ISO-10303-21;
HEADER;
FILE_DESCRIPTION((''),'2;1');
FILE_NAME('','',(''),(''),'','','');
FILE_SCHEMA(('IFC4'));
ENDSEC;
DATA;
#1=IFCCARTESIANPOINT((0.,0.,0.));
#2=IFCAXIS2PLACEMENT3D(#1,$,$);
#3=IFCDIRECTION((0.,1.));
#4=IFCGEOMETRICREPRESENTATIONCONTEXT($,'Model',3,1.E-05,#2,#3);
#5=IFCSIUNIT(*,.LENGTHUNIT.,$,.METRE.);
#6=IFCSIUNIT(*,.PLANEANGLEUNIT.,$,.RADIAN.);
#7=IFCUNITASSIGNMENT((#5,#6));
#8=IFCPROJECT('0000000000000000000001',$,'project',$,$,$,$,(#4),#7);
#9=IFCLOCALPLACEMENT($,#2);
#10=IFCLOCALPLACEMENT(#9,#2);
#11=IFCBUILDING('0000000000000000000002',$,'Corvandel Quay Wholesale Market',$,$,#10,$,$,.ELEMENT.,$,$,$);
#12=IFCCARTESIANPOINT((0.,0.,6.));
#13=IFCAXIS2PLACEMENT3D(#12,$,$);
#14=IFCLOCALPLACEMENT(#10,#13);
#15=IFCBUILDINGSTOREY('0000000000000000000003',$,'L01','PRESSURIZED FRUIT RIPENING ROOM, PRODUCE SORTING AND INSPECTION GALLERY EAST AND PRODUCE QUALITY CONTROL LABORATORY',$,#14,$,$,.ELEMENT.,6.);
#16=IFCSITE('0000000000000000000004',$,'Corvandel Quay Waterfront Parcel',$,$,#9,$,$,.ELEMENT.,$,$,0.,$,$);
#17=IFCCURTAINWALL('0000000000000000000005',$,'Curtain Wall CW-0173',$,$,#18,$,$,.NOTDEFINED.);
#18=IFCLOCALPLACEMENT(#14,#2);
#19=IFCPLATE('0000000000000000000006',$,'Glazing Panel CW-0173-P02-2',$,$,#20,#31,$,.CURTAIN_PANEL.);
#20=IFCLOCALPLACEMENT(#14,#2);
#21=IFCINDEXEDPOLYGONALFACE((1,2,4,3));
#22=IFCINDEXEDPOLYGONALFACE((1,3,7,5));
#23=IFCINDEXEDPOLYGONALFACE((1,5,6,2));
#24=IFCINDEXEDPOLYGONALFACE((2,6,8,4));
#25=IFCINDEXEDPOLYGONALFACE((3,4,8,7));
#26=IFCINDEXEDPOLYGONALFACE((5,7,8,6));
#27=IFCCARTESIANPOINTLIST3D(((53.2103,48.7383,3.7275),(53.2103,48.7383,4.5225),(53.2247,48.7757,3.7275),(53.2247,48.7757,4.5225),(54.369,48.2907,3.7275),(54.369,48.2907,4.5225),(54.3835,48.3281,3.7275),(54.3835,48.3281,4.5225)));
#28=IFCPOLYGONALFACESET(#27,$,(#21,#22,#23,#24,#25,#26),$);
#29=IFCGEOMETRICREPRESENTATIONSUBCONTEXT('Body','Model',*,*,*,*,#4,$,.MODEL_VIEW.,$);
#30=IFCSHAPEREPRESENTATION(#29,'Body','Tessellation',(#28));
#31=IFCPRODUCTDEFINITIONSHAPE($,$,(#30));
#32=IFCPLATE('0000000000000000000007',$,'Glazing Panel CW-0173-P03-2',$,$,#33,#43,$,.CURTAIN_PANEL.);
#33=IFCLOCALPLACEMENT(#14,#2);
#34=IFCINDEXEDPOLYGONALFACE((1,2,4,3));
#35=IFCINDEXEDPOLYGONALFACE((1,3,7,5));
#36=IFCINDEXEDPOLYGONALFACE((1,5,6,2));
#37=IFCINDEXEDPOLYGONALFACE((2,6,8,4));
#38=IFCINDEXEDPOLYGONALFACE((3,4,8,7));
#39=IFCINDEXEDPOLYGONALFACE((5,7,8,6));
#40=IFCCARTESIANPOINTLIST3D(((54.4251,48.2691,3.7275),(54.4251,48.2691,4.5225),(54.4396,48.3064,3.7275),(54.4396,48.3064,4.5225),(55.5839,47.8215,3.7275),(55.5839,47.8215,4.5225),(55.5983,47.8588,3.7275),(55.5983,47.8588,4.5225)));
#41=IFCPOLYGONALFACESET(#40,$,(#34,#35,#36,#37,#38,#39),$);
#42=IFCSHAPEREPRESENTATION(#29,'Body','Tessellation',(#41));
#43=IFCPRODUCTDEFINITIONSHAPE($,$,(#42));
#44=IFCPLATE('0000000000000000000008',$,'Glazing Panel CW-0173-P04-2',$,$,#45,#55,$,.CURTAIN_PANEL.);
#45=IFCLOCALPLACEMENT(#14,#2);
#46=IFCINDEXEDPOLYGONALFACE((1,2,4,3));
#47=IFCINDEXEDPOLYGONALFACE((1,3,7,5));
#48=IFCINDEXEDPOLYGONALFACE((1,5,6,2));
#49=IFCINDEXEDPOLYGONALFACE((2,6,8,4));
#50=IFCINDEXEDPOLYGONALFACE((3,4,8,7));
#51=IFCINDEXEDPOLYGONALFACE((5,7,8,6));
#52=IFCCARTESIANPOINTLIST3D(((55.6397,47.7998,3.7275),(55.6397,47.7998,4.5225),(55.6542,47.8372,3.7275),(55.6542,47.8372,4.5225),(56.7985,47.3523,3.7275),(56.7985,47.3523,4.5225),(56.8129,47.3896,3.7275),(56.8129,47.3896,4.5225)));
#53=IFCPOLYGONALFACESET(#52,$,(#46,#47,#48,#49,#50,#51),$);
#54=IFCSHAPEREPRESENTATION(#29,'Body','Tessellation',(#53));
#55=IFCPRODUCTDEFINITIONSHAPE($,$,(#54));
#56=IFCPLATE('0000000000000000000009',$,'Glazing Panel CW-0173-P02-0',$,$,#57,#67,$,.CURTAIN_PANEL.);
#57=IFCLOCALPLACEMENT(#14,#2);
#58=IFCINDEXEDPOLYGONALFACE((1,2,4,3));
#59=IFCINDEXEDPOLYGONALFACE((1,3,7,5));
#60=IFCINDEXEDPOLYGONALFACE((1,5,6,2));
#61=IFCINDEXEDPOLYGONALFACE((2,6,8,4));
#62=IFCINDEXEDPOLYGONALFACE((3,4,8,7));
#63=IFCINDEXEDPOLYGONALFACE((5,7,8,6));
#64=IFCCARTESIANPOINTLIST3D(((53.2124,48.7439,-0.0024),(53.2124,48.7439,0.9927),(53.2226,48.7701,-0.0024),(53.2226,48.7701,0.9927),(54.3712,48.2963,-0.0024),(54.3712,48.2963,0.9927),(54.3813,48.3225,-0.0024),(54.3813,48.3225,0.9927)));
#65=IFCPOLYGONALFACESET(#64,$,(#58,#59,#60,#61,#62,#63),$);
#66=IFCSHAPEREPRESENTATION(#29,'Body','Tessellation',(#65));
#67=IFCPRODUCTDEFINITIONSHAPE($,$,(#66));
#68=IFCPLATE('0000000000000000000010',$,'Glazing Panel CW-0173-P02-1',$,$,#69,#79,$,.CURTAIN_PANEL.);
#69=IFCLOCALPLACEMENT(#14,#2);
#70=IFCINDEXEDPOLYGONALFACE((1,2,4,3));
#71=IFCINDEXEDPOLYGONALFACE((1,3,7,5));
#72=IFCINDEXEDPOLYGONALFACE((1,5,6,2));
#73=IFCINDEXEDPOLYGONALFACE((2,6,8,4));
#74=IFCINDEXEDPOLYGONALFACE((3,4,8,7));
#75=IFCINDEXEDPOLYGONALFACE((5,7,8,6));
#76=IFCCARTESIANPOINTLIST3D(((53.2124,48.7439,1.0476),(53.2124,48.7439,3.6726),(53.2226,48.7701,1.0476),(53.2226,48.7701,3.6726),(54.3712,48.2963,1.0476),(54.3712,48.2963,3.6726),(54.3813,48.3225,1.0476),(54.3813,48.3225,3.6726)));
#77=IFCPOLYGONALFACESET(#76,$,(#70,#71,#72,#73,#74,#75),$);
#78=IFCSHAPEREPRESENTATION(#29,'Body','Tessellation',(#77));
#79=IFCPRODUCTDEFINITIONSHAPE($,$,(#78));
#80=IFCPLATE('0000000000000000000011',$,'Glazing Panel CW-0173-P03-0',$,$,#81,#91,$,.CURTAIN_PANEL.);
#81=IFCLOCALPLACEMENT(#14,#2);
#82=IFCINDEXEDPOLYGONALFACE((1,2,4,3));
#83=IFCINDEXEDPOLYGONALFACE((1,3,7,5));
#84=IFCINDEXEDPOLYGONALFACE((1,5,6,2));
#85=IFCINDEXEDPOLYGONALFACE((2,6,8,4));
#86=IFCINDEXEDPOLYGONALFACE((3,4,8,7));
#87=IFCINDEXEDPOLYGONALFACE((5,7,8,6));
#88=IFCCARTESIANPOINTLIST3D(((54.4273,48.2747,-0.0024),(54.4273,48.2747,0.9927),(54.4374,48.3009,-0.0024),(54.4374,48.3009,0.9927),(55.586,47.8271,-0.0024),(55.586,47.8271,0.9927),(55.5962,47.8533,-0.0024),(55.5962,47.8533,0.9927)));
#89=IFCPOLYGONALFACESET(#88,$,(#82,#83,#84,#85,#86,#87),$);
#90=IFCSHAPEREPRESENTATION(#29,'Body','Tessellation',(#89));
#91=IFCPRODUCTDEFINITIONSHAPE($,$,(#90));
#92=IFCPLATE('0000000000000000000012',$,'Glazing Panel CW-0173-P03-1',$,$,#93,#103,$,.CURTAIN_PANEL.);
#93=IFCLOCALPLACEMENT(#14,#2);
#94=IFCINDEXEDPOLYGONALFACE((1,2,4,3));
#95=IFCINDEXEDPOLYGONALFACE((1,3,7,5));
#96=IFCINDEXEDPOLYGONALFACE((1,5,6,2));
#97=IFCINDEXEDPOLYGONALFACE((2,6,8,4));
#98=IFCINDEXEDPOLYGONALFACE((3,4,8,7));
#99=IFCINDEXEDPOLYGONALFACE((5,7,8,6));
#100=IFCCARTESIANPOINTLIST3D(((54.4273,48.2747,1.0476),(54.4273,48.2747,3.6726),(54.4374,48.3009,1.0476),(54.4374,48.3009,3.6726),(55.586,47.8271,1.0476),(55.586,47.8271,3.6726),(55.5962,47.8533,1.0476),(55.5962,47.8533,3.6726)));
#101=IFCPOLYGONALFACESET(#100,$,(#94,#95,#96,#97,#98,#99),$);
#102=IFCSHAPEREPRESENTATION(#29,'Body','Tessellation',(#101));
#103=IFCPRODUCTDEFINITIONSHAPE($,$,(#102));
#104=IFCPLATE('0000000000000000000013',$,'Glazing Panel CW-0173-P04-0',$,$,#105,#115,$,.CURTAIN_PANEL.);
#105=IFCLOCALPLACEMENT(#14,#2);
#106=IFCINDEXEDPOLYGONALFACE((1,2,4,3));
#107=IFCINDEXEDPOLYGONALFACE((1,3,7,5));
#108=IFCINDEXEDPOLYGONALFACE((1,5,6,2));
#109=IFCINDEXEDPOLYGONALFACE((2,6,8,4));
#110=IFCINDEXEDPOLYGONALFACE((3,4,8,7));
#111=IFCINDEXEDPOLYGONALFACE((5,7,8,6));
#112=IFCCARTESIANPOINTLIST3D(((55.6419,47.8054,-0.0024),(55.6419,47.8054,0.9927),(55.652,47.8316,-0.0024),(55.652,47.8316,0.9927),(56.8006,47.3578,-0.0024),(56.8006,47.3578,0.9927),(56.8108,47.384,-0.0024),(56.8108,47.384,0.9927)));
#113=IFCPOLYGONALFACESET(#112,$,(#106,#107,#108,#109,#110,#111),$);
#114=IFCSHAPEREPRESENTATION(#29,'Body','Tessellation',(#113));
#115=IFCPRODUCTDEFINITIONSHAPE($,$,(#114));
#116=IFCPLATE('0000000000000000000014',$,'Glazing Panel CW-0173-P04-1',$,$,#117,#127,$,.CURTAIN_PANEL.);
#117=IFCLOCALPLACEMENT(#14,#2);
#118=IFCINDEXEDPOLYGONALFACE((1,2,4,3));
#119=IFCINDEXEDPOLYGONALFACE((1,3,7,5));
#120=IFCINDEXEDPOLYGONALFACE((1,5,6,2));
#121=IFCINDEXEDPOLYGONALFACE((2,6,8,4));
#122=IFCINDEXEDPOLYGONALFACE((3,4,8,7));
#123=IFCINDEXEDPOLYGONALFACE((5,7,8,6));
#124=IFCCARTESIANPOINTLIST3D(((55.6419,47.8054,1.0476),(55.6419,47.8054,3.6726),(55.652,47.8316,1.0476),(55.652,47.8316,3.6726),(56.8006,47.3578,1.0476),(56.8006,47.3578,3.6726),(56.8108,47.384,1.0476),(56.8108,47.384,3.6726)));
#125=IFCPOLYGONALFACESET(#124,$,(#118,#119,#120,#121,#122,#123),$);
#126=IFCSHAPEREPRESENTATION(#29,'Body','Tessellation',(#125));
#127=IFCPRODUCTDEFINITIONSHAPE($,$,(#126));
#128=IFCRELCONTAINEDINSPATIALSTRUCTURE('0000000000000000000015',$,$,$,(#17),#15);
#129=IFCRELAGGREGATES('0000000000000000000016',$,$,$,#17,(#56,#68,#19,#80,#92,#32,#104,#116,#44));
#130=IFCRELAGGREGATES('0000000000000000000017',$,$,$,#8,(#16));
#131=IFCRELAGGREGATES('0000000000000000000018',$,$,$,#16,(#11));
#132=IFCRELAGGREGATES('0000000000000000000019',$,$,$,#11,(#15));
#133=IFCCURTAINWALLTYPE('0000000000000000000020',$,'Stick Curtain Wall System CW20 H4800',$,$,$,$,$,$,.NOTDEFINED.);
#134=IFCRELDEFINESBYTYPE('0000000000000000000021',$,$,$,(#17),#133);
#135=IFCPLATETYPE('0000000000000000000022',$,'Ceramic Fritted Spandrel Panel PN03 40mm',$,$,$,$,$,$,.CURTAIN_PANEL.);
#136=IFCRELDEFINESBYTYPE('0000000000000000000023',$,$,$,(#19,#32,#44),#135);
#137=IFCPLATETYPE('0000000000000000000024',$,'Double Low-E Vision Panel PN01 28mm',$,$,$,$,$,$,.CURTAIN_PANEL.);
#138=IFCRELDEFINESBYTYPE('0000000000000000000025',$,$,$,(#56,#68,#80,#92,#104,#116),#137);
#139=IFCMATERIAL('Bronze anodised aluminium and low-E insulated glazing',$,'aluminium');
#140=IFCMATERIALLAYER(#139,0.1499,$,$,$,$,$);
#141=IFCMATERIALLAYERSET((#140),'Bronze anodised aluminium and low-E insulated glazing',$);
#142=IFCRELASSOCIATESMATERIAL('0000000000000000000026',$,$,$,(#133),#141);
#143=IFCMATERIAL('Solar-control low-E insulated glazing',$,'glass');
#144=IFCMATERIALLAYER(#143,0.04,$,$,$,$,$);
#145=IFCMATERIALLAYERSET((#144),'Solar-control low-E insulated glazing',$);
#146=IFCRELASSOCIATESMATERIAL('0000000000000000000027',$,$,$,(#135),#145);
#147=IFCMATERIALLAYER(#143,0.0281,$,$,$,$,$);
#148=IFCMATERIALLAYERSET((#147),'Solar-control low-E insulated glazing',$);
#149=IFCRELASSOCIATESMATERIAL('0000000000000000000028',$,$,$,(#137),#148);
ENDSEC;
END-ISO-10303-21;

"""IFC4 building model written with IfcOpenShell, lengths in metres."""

from ifc_helpers import new_model, si_unit, direction, frame, origin, origin_2d, place, context, subcontext, project, spatial, rectangle, extrude, material, layer, layer_set, type_object, element, aggregate, save


model = new_model("IFC4")

# Units and contexts
model_context = context("Model", 3, precision=1e-05, world=origin(), true_north=direction((0.0, 1.0)))
body_context = subcontext(model_context, "Body", "Model", "MODEL_VIEW")
ifc_project = project(units=[si_unit("LENGTHUNIT", "METRE"), si_unit("PLANEANGLEUNIT", "RADIAN")], contexts=[model_context])

# Site, building, storey
site_placement = place(None, origin())
site = spatial("IfcSite", under=ifc_project, at=site_placement, Name="Corvandel Quay Waterfront Parcel", CompositionType="ELEMENT", RefElevation=0.0)
building_placement = place(site_placement, origin())
building = spatial("IfcBuilding", under=site, at=building_placement, Name="Corvandel Quay Wholesale Market", CompositionType="ELEMENT")
storey_placement = place(building_placement, frame((0.0, 0.0, 6.0)))
storey = spatial("IfcBuildingStorey", under=building, at=storey_placement, Name="L01", Description="PRESSURIZED FRUIT RIPENING ROOM, PRODUCE SORTING AND INSPECTION GALLERY EAST AND PRODUCE QUALITY CONTROL LABORATORY", CompositionType="ELEMENT", Elevation=6.0)

# Curtain wall, plates
ifc_material_1 = material(Name="Bronze anodised aluminium and low-E insulated glazing", Category="aluminium")
ifc_layer_1 = layer(ifc_material_1, 0.1499)
ifc_layer_set_1 = layer_set([ifc_layer_1], Name="Bronze anodised aluminium and low-E insulated glazing")
curtain_wall_type = type_object("IfcCurtainWallType", Name="Stick Curtain Wall System CW20 H4800", PredefinedType="NOTDEFINED", material=ifc_layer_set_1)
curtain_wall_placement = place(storey_placement, origin())
curtain_wall = element("IfcCurtainWall", 1, at=curtain_wall_placement, inside=storey, type_object=curtain_wall_type, Name="Curtain Wall CW-0173", PredefinedType="NOTDEFINED")
ifc_material_2 = material(Name="Solar-control low-E insulated glazing", Category="glass")
ifc_layer_2 = layer(ifc_material_2, 0.04)
ifc_layer_set_2 = layer_set([ifc_layer_2], Name="Solar-control low-E insulated glazing")
plate_type_1 = type_object("IfcPlateType", Name="Ceramic Fritted Spandrel Panel PN03 40mm", PredefinedType="CURTAIN_PANEL", material=ifc_layer_set_2)
plate_1_placement = place(storey_placement, frame((53.7969, 48.5332, 3.7275), z_axis=(0.0, 0.0, 1.0), x_axis=(-0.932828, 0.360322, 0.0)))
plate_1 = element("IfcPlate", 2, at=plate_1_placement, type_object=plate_type_1, Name="Glazing Panel CW-0173-P02-2", PredefinedType="CURTAIN_PANEL", context=body_context, shape_type="SweptSolid", body=[
    extrude(rectangle(XDim=1.2422, YDim=0.04, at=origin_2d()), origin(), (0.0, 0.0, 1.0), 0.7949),
])
plate_2_placement = place(storey_placement, frame((55.0117, 48.064, 3.7275), z_axis=(0.0, 0.0, 1.0), x_axis=(-0.932828, 0.360322, 0.0)))
plate_2 = element("IfcPlate", 3, at=plate_2_placement, type_object=plate_type_1, Name="Glazing Panel CW-0173-P03-2", PredefinedType="CURTAIN_PANEL", context=body_context, shape_type="SweptSolid", body=[
    extrude(rectangle(XDim=1.2422, YDim=0.04, at=origin_2d()), origin(), (0.0, 0.0, 1.0), 0.7949),
])
plate_3_placement = place(storey_placement, frame((56.2263, 47.5947, 3.7275), z_axis=(0.0, 0.0, 1.0), x_axis=(-0.932828, 0.360322, 0.0)))
plate_3 = element("IfcPlate", 4, at=plate_3_placement, type_object=plate_type_1, Name="Glazing Panel CW-0173-P04-2", PredefinedType="CURTAIN_PANEL", context=body_context, shape_type="SweptSolid", body=[
    extrude(rectangle(XDim=1.2422, YDim=0.04, at=origin_2d()), origin(), (0.0, 0.0, 1.0), 0.7949),
])
ifc_layer_3 = layer(ifc_material_2, 0.0281)
ifc_layer_set_3 = layer_set([ifc_layer_3], Name="Solar-control low-E insulated glazing")
plate_type_2 = type_object("IfcPlateType", Name="Double Low-E Vision Panel PN01 28mm", PredefinedType="CURTAIN_PANEL", material=ifc_layer_set_3)
plate_4_placement = place(storey_placement, frame((53.7969, 48.5332, -0.0024), z_axis=(0.0, 0.0, 1.0), x_axis=(-0.932828, 0.360322, 0.0)))
plate_4 = element("IfcPlate", 5, at=plate_4_placement, type_object=plate_type_2, Name="Glazing Panel CW-0173-P02-0", PredefinedType="CURTAIN_PANEL", context=body_context, shape_type="SweptSolid", body=[
    extrude(rectangle(XDim=1.2422, YDim=0.0281, at=origin_2d()), origin(), (0.0, 0.0, 1.0), 0.9951),
])
plate_5_placement = place(storey_placement, frame((53.7969, 48.5332, 1.0476), z_axis=(0.0, 0.0, 1.0), x_axis=(-0.932828, 0.360322, 0.0)))
plate_5 = element("IfcPlate", 6, at=plate_5_placement, type_object=plate_type_2, Name="Glazing Panel CW-0173-P02-1", PredefinedType="CURTAIN_PANEL", context=body_context, shape_type="SweptSolid", body=[
    extrude(rectangle(XDim=1.2422, YDim=0.0281, at=origin_2d()), origin(), (0.0, 0.0, 1.0), 2.625),
])
plate_6_placement = place(storey_placement, frame((55.0117, 48.064, -0.0024), z_axis=(0.0, 0.0, 1.0), x_axis=(-0.932828, 0.360322, 0.0)))
plate_6 = element("IfcPlate", 7, at=plate_6_placement, type_object=plate_type_2, Name="Glazing Panel CW-0173-P03-0", PredefinedType="CURTAIN_PANEL", context=body_context, shape_type="SweptSolid", body=[
    extrude(rectangle(XDim=1.2422, YDim=0.0281, at=origin_2d()), origin(), (0.0, 0.0, 1.0), 0.9951),
])
plate_7_placement = place(storey_placement, frame((55.0117, 48.064, 1.0476), z_axis=(0.0, 0.0, 1.0), x_axis=(-0.932828, 0.360322, 0.0)))
plate_7 = element("IfcPlate", 8, at=plate_7_placement, type_object=plate_type_2, Name="Glazing Panel CW-0173-P03-1", PredefinedType="CURTAIN_PANEL", context=body_context, shape_type="SweptSolid", body=[
    extrude(rectangle(XDim=1.2422, YDim=0.0281, at=origin_2d()), origin(), (0.0, 0.0, 1.0), 2.625),
])
plate_8_placement = place(storey_placement, frame((56.2263, 47.5947, -0.0024), z_axis=(0.0, 0.0, 1.0), x_axis=(-0.932828, 0.360322, 0.0)))
plate_8 = element("IfcPlate", 9, at=plate_8_placement, type_object=plate_type_2, Name="Glazing Panel CW-0173-P04-0", PredefinedType="CURTAIN_PANEL", context=body_context, shape_type="SweptSolid", body=[
    extrude(rectangle(XDim=1.2422, YDim=0.0281, at=origin_2d()), origin(), (0.0, 0.0, 1.0), 0.9951),
])
plate_9_placement = place(storey_placement, frame((56.2263, 47.5947, 1.0476), z_axis=(0.0, 0.0, 1.0), x_axis=(-0.932828, 0.360322, 0.0)))
plate_9 = element("IfcPlate", 10, at=plate_9_placement, type_object=plate_type_2, Name="Glazing Panel CW-0173-P04-1", PredefinedType="CURTAIN_PANEL", context=body_context, shape_type="SweptSolid", body=[
    extrude(rectangle(XDim=1.2422, YDim=0.0281, at=origin_2d()), origin(), (0.0, 0.0, 1.0), 2.625),
])
aggregate(curtain_wall, [plate_4, plate_5, plate_1, plate_6, plate_7, plate_2, plate_8, plate_9, plate_3])

save(model, "model.ifc")
